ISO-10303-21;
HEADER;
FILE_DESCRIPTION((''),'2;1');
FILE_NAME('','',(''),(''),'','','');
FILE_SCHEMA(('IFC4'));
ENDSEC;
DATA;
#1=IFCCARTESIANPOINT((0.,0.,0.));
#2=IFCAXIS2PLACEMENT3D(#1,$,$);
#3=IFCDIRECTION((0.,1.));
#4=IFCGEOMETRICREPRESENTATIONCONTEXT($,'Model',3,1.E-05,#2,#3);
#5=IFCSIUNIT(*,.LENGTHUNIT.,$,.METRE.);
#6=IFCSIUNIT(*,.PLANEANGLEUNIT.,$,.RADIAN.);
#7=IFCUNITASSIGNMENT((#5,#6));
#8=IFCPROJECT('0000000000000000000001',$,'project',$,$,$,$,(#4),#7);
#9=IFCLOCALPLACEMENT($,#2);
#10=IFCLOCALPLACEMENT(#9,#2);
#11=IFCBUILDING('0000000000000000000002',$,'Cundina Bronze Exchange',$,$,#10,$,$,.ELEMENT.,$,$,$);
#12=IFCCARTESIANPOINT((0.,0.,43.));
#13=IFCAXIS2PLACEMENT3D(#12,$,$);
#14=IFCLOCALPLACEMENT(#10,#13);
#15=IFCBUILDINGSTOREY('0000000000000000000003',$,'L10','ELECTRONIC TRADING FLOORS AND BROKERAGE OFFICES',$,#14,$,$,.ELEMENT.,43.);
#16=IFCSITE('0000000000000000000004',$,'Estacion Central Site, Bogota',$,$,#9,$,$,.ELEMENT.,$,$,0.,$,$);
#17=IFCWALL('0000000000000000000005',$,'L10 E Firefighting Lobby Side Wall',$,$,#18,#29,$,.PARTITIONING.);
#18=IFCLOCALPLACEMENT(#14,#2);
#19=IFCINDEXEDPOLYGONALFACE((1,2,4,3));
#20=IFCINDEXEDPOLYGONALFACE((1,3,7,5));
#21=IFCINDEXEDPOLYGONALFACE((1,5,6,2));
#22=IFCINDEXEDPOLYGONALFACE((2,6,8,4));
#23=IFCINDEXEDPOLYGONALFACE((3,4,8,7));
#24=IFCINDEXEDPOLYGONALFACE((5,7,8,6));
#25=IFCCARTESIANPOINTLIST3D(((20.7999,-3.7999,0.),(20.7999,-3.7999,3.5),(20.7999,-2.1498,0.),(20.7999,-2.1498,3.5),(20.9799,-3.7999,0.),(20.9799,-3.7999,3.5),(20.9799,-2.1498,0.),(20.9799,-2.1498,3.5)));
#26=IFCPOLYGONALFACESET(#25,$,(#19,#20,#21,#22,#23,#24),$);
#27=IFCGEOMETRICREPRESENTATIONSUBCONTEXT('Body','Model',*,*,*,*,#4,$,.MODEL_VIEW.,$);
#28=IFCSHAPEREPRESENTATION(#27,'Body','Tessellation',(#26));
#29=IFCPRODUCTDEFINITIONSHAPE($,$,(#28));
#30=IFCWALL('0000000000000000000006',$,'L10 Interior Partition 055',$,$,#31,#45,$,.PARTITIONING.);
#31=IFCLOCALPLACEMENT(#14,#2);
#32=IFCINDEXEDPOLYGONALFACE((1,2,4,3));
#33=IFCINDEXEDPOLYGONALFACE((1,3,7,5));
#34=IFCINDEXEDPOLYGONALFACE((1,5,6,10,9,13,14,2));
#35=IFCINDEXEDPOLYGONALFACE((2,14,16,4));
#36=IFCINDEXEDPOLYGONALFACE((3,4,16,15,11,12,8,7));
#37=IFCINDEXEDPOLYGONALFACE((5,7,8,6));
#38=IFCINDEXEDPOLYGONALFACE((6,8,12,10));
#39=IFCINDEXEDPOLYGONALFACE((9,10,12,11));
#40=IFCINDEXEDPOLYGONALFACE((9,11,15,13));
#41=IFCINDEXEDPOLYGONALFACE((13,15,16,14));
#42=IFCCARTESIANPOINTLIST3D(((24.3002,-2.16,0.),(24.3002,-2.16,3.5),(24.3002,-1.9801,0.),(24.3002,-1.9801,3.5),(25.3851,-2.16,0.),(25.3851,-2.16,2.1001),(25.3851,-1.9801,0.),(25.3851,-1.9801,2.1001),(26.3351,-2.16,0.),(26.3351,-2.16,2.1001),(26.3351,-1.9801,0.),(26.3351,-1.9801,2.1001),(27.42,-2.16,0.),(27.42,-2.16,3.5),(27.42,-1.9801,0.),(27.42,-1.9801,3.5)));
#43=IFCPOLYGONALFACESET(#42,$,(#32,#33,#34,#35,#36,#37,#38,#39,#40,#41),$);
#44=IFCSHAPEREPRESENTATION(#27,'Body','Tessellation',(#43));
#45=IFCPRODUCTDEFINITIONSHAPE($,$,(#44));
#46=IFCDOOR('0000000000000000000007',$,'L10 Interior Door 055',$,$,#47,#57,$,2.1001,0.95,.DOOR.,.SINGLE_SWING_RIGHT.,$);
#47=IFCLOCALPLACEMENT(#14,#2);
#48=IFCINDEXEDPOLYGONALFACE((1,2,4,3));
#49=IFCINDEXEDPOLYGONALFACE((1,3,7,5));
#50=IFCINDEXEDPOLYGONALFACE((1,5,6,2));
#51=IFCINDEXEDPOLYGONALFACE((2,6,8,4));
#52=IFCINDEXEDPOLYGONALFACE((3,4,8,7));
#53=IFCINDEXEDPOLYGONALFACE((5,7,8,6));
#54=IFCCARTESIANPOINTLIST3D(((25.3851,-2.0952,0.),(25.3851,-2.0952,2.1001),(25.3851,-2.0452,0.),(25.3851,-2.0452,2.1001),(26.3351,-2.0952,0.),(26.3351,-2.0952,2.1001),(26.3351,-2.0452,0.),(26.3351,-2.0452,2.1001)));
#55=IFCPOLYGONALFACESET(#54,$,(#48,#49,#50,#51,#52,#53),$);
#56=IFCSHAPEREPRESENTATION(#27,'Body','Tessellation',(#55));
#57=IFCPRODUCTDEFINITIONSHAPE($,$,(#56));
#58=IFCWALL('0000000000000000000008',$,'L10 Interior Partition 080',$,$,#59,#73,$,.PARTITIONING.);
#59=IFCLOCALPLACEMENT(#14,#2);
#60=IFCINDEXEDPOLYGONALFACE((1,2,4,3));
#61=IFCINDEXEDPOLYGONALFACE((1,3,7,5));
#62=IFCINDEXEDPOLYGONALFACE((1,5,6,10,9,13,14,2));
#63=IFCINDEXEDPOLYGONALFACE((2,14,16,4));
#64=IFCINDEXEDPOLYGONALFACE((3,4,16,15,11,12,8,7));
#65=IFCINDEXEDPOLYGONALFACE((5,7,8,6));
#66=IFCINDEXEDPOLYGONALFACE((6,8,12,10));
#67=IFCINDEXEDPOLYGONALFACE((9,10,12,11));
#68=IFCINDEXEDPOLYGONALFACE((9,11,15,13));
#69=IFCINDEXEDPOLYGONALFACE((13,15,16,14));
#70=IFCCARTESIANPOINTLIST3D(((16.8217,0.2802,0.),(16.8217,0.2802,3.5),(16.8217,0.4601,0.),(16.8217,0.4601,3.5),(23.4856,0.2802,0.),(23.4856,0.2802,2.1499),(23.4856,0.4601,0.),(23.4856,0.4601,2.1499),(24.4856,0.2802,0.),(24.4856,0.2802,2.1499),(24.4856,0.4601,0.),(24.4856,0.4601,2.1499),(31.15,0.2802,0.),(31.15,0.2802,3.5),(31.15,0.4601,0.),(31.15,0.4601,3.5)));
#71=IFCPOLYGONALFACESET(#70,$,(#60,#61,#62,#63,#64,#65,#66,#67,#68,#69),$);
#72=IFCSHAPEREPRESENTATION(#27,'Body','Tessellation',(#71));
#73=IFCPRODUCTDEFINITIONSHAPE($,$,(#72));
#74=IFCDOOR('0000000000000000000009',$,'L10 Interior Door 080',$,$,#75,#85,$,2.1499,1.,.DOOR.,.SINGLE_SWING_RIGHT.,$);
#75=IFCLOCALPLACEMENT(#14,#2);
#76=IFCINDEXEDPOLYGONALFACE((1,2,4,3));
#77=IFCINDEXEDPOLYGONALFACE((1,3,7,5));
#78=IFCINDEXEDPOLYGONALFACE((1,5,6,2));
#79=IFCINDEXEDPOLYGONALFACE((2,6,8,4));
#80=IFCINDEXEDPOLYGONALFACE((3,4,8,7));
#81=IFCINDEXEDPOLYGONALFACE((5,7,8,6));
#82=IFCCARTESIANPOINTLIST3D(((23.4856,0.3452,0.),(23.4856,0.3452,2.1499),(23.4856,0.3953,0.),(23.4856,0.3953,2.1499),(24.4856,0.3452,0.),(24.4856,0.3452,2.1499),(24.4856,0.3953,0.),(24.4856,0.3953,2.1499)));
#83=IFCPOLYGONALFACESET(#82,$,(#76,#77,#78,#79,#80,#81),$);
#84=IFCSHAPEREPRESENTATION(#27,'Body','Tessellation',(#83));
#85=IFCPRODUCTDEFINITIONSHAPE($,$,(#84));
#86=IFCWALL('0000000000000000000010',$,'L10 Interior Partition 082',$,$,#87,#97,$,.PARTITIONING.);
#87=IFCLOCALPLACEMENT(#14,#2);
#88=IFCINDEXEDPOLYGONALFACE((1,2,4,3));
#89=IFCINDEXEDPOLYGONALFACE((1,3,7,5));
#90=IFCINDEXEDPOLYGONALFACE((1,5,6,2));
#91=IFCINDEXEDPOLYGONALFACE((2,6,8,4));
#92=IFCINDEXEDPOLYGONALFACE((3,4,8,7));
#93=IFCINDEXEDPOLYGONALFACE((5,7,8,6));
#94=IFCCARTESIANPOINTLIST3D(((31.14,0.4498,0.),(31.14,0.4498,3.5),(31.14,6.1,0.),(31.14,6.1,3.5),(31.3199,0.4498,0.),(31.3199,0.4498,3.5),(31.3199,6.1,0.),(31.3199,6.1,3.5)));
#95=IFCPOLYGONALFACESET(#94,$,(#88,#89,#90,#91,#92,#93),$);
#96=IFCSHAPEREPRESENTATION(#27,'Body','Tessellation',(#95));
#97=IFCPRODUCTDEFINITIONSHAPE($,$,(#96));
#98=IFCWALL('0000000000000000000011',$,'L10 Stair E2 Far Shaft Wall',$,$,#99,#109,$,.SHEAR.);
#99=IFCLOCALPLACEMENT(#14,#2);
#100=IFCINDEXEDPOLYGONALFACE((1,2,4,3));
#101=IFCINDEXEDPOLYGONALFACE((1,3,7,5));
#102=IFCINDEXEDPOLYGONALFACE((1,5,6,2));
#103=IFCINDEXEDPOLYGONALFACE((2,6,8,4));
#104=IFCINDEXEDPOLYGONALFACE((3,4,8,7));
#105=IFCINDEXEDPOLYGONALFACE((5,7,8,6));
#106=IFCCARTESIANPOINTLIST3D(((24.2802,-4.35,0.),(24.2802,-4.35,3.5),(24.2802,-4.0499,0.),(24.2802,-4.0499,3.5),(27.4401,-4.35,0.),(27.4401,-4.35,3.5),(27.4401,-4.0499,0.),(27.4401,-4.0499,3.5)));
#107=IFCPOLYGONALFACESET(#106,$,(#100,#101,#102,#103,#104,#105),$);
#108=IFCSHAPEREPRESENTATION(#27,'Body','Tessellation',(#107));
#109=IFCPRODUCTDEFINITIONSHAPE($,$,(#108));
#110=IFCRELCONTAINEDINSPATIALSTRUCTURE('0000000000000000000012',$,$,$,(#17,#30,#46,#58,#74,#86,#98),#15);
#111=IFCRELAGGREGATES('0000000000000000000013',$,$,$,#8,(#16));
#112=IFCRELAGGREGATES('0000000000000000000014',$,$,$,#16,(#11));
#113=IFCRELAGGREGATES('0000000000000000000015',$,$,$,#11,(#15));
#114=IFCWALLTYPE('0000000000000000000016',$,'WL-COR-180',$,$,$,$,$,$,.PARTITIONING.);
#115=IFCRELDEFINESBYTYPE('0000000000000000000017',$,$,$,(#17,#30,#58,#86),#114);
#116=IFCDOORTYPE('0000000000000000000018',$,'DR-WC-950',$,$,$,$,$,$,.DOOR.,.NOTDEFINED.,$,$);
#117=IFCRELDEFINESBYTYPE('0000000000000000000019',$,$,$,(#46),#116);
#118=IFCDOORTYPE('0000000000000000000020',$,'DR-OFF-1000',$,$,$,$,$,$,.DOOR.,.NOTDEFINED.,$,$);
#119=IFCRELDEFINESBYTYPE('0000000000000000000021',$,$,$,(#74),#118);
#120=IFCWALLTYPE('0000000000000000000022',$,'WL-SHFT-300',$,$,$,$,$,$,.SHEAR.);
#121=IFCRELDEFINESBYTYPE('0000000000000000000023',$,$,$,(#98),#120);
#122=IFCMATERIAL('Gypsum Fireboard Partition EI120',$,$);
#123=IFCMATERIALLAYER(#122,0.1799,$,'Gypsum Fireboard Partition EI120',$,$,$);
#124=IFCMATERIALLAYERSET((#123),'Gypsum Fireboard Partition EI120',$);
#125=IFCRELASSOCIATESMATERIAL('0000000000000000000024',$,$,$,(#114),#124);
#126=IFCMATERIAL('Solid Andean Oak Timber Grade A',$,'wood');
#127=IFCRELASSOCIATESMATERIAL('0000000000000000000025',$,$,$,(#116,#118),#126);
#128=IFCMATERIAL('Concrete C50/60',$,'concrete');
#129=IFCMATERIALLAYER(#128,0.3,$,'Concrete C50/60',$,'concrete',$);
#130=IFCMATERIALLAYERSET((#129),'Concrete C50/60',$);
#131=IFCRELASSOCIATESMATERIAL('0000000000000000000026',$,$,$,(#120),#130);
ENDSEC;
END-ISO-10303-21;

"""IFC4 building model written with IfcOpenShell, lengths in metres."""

from ifc_helpers import new_model, si_unit, direction, frame, frame_2d, origin, place, context, subcontext, project, spatial, rectangle, extrude, material, layer, layer_set, type_object, element, fill, save


model = new_model("IFC4")

# Units and contexts
model_context = context("Model", 3, precision=1e-05, world=origin(), true_north=direction((0.0, 1.0)))
body_context = subcontext(model_context, "Body", "Model", "MODEL_VIEW")
ifc_project = project(units=[si_unit("LENGTHUNIT", "METRE"), si_unit("PLANEANGLEUNIT", "RADIAN")], contexts=[model_context])

# Site, building, storey
site_placement = place(None, origin())
site = spatial("IfcSite", under=ifc_project, at=site_placement, Name="Estacion Central Site, Bogota", CompositionType="ELEMENT", RefElevation=0.0)
building_placement = place(site_placement, origin())
building = spatial("IfcBuilding", under=site, at=building_placement, Name="Cundina Bronze Exchange", CompositionType="ELEMENT")
storey_placement = place(building_placement, frame((0.0, 0.0, 43.0)))
storey = spatial("IfcBuildingStorey", under=building, at=storey_placement, Name="L10", Description="ELECTRONIC TRADING FLOORS AND BROKERAGE OFFICES", CompositionType="ELEMENT", Elevation=43.0)

# Wall
ifc_material_1 = material(Name="Gypsum Fireboard Partition EI120")
ifc_layer_1 = layer(ifc_material_1, 0.1799, Name="Gypsum Fireboard Partition EI120")
ifc_layer_set_1 = layer_set([ifc_layer_1], Name="Gypsum Fireboard Partition EI120")
wall_type_1 = type_object("IfcWallType", Name="WL-COR-180", PredefinedType="PARTITIONING", material=ifc_layer_set_1)
wall_1_placement = place(storey_placement, frame((20.8899, -3.8, 0.0), z_axis=(0.0, 0.0, 1.0), x_axis=(0.0, 1.0, 0.0)))
element("IfcWall", 1, at=wall_1_placement, inside=storey, type_object=wall_type_1, Name="L10 E Firefighting Lobby Side Wall", PredefinedType="PARTITIONING", context=body_context, shape_type="SweptSolid", body=[
    extrude(rectangle(XDim=1.6501, YDim=0.1799, at=frame_2d((0.8252, 0.0))), origin(), (0.0, 0.0, 1.0), 3.5),
])

# Walls, openings, doors
wall_2_placement = place(storey_placement, frame((24.3, -2.0701, 0.0), z_axis=(0.0, 0.0, 1.0), x_axis=(1.0, 0.0, 0.0)))
wall_2 = element("IfcWall", 2, at=wall_2_placement, inside=storey, type_object=wall_type_1, Name="L10 Interior Partition 055", PredefinedType="PARTITIONING", context=body_context, shape_type="SweptSolid", body=[
    extrude(rectangle(XDim=3.1199, YDim=0.1799, at=frame_2d((1.5601, 0.0))), origin(), (0.0, 0.0, 1.0), 3.5),
])
opening_1_placement = place(wall_2_placement, frame((1.085, 0.0, 0.0)))
opening_1 = element("IfcOpeningElement", 3, at=opening_1_placement, cuts=wall_2, PredefinedType="OPENING", context=body_context, shape_type="SweptSolid", body=[
    extrude(rectangle(XDim=0.95, YDim=2.1001, at=frame_2d((0.4751, 1.05))), frame((0.0, 0.0999, 0.0), z_axis=(0.0, -1.0, 0.0), x_axis=(1.0, 0.0, 0.0)), (0.0, 0.0, 1.0), 0.2),
])
ifc_material_2 = material(Name="Solid Andean Oak Timber Grade A", Category="wood")
door_type_1 = type_object("IfcDoorType", Name="DR-WC-950", OperationType="NOTDEFINED", PredefinedType="DOOR", material=ifc_material_2)
door_1_placement = place(opening_1_placement, origin())
door_1 = element("IfcDoor", 4, at=door_1_placement, inside=storey, type_object=door_type_1, Name="L10 Interior Door 055", OperationType="SINGLE_SWING_RIGHT", OverallHeight=2.1001, OverallWidth=0.95, PredefinedType="DOOR", context=body_context, shape_type="SweptSolid", body=[
    extrude(rectangle(XDim=0.95, YDim=2.1001, at=frame_2d((0.4751, 1.05))), frame((0.0, 0.0249, 0.0), z_axis=(0.0, -1.0, 0.0), x_axis=(1.0, 0.0, 0.0)), (0.0, 0.0, 1.0), 0.05),
])
fill(opening_1, door_1)
wall_3_placement = place(storey_placement, frame((31.1499, 0.3701, 0.0), z_axis=(0.0, 0.0, 1.0), x_axis=(-1.0, 0.0, 0.0)))
wall_3 = element("IfcWall", 5, at=wall_3_placement, inside=storey, type_object=wall_type_1, Name="L10 Interior Partition 080", PredefinedType="PARTITIONING", context=body_context, shape_type="SweptSolid", body=[
    extrude(rectangle(XDim=14.3284, YDim=0.1799, at=frame_2d((7.1641, 0.0))), origin(), (0.0, 0.0, 1.0), 3.5),
])
opening_2_placement = place(wall_3_placement, frame((6.6643, 0.0, 0.0)))
opening_2 = element("IfcOpeningElement", 6, at=opening_2_placement, cuts=wall_3, PredefinedType="OPENING", context=body_context, shape_type="SweptSolid", body=[
    extrude(rectangle(XDim=1.0, YDim=2.1499, at=frame_2d((0.5, 1.075))), frame((0.0, 0.0999, 0.0), z_axis=(0.0, -1.0, 0.0), x_axis=(1.0, 0.0, 0.0)), (0.0, 0.0, 1.0), 0.2),
])
door_type_2 = type_object("IfcDoorType", Name="DR-OFF-1000", OperationType="NOTDEFINED", PredefinedType="DOOR", material=ifc_material_2)
door_2_placement = place(opening_2_placement, origin())
door_2 = element("IfcDoor", 7, at=door_2_placement, inside=storey, type_object=door_type_2, Name="L10 Interior Door 080", OperationType="SINGLE_SWING_RIGHT", OverallHeight=2.1499, OverallWidth=1.0, PredefinedType="DOOR", context=body_context, shape_type="SweptSolid", body=[
    extrude(rectangle(XDim=1.0, YDim=2.1499, at=frame_2d((0.5, 1.075))), frame((0.0, 0.0249, 0.0), z_axis=(0.0, -1.0, 0.0), x_axis=(1.0, 0.0, 0.0)), (0.0, 0.0, 1.0), 0.05),
])
fill(opening_2, door_2)

# Wall
wall_4_placement = place(storey_placement, frame((31.23, 6.1001, 0.0), z_axis=(0.0, 0.0, 1.0), x_axis=(0.0, -1.0, 0.0)))
element("IfcWall", 8, at=wall_4_placement, inside=storey, type_object=wall_type_1, Name="L10 Interior Partition 082", PredefinedType="PARTITIONING", context=body_context, shape_type="SweptSolid", body=[
    extrude(rectangle(XDim=5.6501, YDim=0.1799, at=frame_2d((2.8252, 0.0))), origin(), (0.0, 0.0, 1.0), 3.5),
])

# Shared definitions
ifc_material_3 = material(Name="Concrete C50/60", Category="concrete")
ifc_layer_2 = layer(ifc_material_3, 0.3, Name="Concrete C50/60", Category="concrete")
ifc_layer_set_2 = layer_set([ifc_layer_2], Name="Concrete C50/60")
wall_type_2 = type_object("IfcWallType", Name="WL-SHFT-300", PredefinedType="SHEAR", material=ifc_layer_set_2)

# Wall
wall_5_placement = place(storey_placement, frame((24.28, -4.2, 0.0), z_axis=(0.0, 0.0, 1.0), x_axis=(1.0, 0.0, 0.0)))
element("IfcWall", 9, at=wall_5_placement, inside=storey, type_object=wall_type_2, Name="L10 Stair E2 Far Shaft Wall", PredefinedType="SHEAR", context=body_context, shape_type="SweptSolid", body=[
    extrude(rectangle(XDim=3.1599, YDim=0.3, at=frame_2d((1.5801, 0.0))), origin(), (0.0, 0.0, 1.0), 3.5),
])

save(model, "model.ifc")
